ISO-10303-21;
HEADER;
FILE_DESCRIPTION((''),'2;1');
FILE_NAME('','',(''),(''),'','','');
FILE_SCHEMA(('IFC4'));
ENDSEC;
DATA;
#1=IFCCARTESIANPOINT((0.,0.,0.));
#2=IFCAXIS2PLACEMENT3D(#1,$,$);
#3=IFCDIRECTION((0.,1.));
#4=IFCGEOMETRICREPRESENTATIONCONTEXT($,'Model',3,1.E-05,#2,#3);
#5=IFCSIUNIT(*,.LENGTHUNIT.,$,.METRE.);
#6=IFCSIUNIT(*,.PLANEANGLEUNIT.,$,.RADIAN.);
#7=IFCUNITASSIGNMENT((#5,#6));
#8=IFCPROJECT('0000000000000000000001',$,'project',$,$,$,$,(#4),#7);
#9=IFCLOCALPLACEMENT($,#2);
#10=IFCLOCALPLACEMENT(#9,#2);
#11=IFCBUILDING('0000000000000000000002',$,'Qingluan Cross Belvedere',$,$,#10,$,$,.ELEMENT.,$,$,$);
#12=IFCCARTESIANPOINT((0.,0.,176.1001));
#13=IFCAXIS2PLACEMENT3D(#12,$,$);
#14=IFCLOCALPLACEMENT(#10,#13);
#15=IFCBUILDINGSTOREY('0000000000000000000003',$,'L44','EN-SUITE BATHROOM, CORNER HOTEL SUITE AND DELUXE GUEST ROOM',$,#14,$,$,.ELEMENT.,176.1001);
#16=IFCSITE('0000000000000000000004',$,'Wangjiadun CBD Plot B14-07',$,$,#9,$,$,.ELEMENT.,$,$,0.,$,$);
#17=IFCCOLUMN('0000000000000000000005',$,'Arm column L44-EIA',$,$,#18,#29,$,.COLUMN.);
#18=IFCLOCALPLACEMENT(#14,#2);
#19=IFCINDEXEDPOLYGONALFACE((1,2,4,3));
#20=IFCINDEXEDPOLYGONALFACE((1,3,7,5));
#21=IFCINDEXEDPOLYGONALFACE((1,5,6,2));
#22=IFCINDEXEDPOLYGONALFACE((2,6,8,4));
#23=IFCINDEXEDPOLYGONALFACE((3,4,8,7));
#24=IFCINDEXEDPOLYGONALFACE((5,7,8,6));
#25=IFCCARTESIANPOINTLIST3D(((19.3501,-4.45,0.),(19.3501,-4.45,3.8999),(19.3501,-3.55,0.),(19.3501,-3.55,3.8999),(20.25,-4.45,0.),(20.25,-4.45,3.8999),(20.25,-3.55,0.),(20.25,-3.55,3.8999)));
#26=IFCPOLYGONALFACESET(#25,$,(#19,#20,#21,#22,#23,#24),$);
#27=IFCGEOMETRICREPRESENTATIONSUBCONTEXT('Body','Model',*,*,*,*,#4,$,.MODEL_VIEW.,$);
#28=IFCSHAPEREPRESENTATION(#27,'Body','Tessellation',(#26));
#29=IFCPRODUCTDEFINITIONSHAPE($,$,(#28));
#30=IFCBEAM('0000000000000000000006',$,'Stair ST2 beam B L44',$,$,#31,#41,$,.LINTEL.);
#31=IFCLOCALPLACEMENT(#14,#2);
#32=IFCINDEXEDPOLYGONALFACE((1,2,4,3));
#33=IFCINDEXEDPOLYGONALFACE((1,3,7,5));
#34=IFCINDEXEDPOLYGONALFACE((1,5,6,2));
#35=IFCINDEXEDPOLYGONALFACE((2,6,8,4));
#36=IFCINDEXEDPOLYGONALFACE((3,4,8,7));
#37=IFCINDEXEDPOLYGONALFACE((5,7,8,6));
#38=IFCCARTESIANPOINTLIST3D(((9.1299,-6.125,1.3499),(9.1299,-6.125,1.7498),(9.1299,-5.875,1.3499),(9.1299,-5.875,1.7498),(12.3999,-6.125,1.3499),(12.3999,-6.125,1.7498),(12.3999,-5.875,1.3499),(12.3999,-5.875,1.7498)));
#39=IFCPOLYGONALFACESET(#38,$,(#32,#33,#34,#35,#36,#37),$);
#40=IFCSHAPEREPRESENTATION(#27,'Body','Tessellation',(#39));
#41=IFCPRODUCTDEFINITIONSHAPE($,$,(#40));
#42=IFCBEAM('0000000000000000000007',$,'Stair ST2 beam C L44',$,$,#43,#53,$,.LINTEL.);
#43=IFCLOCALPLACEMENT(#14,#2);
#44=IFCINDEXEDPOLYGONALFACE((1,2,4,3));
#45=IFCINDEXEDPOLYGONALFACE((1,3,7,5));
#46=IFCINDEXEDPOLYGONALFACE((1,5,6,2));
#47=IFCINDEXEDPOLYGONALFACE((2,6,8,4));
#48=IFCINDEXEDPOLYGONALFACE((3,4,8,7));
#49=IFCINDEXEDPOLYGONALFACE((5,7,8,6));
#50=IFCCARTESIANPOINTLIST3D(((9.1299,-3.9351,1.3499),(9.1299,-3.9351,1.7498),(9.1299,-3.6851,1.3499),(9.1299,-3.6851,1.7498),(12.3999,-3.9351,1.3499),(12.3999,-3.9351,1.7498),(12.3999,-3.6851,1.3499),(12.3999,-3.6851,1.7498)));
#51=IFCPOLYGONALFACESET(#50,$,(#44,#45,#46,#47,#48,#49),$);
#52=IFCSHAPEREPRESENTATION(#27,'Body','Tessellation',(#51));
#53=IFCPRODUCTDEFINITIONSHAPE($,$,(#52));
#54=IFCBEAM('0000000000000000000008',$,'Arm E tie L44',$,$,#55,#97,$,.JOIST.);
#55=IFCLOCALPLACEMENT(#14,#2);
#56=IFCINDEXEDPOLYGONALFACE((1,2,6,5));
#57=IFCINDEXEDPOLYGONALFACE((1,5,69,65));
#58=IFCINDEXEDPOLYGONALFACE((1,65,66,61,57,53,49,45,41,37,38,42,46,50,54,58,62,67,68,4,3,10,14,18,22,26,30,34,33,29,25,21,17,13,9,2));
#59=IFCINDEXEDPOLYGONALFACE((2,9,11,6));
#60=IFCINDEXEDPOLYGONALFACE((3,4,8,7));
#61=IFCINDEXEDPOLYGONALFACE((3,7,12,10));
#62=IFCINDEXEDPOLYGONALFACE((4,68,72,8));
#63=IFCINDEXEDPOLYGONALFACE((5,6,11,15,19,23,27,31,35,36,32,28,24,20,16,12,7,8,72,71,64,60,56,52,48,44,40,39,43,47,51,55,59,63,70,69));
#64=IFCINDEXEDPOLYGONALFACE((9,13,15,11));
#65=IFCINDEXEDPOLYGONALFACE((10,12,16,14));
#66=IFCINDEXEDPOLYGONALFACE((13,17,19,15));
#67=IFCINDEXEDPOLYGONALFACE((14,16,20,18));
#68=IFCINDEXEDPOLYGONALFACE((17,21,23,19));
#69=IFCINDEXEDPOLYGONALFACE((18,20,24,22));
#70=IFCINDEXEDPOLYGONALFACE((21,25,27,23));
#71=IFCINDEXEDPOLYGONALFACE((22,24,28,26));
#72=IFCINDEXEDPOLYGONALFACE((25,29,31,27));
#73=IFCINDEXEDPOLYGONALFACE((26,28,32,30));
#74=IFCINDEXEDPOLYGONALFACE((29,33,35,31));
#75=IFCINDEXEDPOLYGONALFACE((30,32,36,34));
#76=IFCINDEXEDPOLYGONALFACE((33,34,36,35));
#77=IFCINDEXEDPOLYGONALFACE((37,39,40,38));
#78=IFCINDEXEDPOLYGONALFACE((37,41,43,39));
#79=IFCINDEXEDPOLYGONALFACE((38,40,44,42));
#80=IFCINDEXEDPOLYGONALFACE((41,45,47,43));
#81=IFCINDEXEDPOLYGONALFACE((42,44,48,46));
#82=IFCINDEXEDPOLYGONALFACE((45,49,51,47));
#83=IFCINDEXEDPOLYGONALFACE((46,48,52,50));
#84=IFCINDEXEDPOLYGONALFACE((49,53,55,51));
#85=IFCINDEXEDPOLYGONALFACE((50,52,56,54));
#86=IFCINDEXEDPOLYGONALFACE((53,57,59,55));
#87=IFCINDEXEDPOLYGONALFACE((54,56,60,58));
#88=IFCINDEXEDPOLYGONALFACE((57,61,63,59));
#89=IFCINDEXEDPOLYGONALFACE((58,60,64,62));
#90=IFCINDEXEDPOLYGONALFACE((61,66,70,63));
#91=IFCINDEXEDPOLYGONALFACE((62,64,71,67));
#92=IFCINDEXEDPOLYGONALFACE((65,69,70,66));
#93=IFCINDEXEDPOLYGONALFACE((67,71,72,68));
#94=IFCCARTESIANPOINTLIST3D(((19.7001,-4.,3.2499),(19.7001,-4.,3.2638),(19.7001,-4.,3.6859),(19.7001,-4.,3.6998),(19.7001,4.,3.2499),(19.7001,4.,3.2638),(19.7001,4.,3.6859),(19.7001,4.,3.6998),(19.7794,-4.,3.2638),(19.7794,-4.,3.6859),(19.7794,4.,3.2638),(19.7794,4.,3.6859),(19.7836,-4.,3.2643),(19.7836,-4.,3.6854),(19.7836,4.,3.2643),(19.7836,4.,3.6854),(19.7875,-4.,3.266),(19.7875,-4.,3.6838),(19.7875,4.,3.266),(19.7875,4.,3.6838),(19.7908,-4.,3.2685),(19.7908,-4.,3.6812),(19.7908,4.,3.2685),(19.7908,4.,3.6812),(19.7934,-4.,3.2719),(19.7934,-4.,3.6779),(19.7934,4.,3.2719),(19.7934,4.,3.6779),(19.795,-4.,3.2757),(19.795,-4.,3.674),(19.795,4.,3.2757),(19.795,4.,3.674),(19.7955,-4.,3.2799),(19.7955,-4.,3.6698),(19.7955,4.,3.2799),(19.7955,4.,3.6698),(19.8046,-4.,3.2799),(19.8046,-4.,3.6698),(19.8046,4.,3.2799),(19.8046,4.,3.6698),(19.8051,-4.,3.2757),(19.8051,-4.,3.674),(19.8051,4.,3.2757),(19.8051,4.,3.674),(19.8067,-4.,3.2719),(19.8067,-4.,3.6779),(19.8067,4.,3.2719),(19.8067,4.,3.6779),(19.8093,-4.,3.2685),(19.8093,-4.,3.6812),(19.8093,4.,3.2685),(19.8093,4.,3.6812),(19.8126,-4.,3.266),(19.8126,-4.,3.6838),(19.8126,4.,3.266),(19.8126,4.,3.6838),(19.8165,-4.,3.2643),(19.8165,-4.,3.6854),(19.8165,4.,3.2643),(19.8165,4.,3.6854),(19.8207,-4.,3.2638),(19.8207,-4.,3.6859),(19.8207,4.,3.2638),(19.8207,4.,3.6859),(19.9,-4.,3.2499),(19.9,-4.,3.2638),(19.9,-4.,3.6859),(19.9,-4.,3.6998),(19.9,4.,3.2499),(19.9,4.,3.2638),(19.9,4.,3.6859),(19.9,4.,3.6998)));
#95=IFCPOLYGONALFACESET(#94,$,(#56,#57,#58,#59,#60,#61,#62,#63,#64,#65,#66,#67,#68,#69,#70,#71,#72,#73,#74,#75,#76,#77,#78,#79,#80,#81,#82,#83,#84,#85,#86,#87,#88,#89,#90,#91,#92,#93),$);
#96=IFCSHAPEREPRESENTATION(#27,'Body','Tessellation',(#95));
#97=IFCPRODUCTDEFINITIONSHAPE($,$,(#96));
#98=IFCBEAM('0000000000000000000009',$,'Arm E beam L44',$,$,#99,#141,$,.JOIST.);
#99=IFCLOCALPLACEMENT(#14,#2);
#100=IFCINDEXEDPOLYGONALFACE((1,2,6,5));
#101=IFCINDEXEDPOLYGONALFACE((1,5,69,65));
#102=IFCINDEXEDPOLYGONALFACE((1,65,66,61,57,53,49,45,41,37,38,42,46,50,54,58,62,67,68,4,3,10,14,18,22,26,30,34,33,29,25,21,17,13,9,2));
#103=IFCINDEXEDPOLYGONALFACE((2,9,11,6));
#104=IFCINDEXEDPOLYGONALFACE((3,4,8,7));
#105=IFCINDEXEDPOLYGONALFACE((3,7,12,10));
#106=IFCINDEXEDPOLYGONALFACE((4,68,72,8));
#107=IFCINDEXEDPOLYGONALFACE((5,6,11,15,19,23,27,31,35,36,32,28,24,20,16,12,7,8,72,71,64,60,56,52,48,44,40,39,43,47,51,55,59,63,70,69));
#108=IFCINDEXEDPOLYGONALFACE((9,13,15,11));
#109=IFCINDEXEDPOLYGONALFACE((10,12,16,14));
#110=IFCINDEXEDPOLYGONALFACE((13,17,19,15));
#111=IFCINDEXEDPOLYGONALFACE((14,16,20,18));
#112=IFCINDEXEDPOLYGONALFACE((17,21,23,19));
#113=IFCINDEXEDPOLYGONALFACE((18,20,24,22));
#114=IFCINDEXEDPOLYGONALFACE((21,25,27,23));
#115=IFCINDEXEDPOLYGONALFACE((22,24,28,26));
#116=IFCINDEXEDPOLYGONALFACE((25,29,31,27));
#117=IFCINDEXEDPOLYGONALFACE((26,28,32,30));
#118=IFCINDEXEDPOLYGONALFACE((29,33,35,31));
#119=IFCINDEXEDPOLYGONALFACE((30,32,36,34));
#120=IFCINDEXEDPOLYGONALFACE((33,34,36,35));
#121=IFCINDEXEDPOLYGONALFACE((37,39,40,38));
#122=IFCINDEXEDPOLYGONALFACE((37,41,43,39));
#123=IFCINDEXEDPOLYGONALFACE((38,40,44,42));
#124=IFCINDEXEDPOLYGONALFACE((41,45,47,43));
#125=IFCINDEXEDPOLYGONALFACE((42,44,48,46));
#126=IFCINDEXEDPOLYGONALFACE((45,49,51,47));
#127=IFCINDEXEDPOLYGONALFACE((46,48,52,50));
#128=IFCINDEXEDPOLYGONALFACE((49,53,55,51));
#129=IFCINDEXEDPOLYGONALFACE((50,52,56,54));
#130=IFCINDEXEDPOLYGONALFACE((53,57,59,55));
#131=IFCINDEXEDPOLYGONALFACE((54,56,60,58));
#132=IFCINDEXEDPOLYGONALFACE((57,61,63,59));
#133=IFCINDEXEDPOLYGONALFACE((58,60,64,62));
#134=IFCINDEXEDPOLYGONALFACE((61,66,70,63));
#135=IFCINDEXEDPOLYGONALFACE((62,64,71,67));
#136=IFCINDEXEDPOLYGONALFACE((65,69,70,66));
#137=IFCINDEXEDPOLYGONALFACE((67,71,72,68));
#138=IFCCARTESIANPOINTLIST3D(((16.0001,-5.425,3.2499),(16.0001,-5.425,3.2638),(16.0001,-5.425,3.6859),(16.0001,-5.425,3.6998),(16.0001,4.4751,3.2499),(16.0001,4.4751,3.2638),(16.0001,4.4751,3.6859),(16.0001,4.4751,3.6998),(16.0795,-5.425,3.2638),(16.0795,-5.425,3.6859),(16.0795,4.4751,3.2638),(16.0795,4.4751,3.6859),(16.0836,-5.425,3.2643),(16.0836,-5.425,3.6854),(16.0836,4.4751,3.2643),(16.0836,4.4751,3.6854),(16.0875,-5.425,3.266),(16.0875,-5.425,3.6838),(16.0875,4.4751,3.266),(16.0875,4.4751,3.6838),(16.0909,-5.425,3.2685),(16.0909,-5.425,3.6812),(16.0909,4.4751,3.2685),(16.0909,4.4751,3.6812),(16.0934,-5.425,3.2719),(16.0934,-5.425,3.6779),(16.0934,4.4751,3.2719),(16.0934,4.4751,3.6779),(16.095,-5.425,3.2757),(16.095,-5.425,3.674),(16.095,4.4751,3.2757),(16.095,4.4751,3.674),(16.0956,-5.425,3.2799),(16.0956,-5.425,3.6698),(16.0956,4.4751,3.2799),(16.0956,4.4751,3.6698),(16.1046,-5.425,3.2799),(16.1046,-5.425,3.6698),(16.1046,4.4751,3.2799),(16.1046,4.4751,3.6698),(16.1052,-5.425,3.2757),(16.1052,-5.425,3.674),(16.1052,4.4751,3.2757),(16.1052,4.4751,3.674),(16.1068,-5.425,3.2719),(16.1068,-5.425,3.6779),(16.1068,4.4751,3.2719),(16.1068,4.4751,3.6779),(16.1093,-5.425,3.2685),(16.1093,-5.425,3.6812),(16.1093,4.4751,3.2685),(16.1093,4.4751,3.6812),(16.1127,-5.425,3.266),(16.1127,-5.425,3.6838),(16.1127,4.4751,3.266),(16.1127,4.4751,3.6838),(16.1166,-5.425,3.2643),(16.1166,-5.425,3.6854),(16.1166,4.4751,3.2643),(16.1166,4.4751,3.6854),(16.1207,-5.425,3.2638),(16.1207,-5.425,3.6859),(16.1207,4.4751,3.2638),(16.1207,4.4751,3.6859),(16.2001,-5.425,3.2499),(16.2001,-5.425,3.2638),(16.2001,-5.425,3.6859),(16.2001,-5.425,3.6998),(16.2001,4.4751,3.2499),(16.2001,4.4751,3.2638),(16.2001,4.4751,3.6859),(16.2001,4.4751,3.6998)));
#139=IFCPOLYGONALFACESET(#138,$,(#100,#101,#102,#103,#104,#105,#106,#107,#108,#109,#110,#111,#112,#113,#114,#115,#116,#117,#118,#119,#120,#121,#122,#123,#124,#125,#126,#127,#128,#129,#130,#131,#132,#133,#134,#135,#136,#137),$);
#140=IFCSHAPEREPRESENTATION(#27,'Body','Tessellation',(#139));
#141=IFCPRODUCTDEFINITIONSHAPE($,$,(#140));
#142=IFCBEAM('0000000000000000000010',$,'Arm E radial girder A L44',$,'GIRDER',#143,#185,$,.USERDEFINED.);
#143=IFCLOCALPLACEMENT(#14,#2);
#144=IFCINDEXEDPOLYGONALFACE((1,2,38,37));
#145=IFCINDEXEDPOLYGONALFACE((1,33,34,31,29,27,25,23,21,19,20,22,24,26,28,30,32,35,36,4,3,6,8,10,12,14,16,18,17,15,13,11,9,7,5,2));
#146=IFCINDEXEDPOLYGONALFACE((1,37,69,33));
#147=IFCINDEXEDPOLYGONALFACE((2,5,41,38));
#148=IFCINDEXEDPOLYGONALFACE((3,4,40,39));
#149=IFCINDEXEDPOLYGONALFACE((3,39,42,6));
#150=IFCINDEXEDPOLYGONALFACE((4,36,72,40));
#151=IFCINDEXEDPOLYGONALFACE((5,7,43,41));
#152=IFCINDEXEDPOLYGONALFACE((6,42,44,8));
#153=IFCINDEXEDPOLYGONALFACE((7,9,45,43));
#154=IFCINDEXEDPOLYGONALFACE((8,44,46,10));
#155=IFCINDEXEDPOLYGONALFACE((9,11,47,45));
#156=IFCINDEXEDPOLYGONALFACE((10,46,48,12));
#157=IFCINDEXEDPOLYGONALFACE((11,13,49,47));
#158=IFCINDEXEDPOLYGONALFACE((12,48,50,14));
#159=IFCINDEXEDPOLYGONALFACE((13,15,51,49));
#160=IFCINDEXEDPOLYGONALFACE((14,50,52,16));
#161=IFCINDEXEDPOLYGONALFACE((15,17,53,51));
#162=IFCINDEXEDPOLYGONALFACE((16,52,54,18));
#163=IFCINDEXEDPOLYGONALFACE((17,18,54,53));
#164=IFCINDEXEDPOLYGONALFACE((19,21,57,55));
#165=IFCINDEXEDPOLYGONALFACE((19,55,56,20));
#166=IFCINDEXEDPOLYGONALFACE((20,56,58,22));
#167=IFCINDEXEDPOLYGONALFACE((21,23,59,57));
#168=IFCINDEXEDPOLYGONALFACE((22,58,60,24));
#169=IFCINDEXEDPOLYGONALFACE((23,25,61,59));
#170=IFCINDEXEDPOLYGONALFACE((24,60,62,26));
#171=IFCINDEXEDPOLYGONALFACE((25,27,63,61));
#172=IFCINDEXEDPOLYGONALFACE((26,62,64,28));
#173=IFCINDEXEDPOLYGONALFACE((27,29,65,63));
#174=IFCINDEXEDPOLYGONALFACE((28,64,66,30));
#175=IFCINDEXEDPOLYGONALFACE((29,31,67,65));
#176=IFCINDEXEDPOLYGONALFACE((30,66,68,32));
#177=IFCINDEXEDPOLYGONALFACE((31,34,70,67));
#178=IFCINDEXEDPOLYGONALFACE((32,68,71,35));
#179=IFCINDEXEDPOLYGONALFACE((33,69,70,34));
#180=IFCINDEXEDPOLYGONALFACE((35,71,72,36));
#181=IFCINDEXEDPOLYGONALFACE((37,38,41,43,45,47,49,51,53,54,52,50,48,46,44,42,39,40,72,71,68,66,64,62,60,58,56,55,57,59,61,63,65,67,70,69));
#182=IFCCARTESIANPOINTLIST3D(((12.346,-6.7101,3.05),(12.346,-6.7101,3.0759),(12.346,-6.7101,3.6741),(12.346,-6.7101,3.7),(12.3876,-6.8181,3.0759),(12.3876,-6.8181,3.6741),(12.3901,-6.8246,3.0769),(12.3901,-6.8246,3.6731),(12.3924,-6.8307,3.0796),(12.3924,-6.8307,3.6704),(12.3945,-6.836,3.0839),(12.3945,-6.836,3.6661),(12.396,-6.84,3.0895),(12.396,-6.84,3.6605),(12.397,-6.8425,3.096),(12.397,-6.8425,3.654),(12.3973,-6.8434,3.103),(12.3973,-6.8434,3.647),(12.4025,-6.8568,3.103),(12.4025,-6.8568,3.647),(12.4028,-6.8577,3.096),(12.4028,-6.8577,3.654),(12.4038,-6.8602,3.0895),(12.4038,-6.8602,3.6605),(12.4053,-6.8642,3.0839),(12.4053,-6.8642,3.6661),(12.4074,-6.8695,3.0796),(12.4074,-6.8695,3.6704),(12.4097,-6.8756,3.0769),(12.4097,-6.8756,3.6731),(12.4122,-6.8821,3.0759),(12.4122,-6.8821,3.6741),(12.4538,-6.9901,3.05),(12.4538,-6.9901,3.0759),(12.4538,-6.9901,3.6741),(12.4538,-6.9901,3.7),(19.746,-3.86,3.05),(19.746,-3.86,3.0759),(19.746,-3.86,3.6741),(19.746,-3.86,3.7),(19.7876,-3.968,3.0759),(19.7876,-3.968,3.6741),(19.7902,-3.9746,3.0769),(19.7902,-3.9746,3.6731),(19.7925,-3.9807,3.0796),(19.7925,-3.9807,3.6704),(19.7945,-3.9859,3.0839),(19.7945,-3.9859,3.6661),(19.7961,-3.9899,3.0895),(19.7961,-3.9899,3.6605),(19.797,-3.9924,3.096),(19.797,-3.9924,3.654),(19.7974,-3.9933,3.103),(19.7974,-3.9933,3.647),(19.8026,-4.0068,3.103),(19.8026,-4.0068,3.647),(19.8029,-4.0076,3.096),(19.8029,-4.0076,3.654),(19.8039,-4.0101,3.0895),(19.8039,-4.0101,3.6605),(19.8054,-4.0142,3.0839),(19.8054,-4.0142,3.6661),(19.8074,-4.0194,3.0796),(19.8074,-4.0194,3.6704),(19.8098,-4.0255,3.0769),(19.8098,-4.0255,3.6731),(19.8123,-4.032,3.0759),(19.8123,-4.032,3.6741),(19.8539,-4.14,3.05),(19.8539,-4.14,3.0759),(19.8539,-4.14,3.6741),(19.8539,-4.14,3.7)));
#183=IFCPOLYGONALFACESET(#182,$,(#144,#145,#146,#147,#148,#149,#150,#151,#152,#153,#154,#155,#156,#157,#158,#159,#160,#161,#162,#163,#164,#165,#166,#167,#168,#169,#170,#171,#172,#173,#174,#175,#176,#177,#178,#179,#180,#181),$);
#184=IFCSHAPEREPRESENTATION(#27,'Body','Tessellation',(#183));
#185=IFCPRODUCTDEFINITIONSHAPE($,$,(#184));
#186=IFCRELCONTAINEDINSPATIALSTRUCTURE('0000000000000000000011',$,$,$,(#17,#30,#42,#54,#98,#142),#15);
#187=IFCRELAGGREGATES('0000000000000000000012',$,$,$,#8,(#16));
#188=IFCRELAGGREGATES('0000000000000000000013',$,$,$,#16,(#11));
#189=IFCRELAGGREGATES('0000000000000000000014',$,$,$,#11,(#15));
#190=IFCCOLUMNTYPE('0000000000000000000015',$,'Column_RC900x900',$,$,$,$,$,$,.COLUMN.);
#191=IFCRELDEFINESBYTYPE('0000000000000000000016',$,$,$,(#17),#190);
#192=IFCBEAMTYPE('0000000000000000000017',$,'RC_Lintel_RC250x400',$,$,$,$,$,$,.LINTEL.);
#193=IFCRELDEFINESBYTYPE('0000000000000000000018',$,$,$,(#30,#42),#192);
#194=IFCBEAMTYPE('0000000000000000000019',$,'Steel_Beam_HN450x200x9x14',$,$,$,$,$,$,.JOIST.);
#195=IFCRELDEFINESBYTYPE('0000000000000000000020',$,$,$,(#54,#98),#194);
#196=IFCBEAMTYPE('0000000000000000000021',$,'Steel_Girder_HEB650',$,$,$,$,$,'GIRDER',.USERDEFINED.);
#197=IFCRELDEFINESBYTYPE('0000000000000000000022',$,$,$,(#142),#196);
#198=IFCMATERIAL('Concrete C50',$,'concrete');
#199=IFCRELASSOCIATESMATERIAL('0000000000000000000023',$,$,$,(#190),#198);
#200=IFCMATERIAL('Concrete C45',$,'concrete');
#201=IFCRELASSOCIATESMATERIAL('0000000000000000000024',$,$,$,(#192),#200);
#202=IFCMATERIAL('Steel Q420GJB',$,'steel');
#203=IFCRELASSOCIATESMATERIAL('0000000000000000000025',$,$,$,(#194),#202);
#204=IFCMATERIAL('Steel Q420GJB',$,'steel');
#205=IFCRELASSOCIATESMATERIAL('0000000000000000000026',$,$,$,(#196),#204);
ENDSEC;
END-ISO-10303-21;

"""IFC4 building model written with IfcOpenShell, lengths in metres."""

from ifc_helpers import new_model, si_unit, direction, frame, origin, origin_2d, place, context, subcontext, project, spatial, rectangle, i_section, extrude, material, material_profile, profile_set, type_object, element, save


model = new_model("IFC4")

# Units and contexts
model_context = context("Model", 3, precision=1e-05, world=origin(), true_north=direction((0.0, 1.0)))
body_context = subcontext(model_context, "Body", "Model", "MODEL_VIEW")
ifc_project = project(units=[si_unit("LENGTHUNIT", "METRE"), si_unit("PLANEANGLEUNIT", "RADIAN")], contexts=[model_context])

# Site, building, storey
site_placement = place(None, origin())
site = spatial("IfcSite", under=ifc_project, at=site_placement, Name="Wangjiadun CBD Plot B14-07", CompositionType="ELEMENT", RefElevation=0.0)
building_placement = place(site_placement, origin())
building = spatial("IfcBuilding", under=site, at=building_placement, Name="Qingluan Cross Belvedere", CompositionType="ELEMENT")
storey_placement = place(building_placement, frame((0.0, 0.0, 176.1001)))
storey = spatial("IfcBuildingStorey", under=building, at=storey_placement, Name="L44", Description="EN-SUITE BATHROOM, CORNER HOTEL SUITE AND DELUXE GUEST ROOM", CompositionType="ELEMENT", Elevation=176.1001)

# Column
ifc_material_1 = material(Name="Concrete C50", Category="concrete")
ifc_material_profile_1 = material_profile(ifc_material_1, rectangle(XDim=0.8999, YDim=0.8999, at=origin_2d()), Name="RC900x900")
ifc_profile_set_1 = profile_set([ifc_material_profile_1], Name="Concrete C50")
column_type = type_object("IfcColumnType", Name="Column_RC900x900", PredefinedType="COLUMN", material=ifc_profile_set_1)
column_placement = place(storey_placement, frame((19.8, -4.0, 0.0), z_axis=(0.0, 0.0, 1.0), x_axis=(1.0, 0.0, 0.0)))
element("IfcColumn", 1, at=column_placement, inside=storey, type_object=column_type, Name="Arm column L44-EIA", PredefinedType="COLUMN", context=body_context, shape_type="SweptSolid", body=[
    extrude(rectangle(XDim=0.8999, YDim=0.8999, at=origin_2d()), origin(), (0.0, 0.0, 1.0), 3.8999),
])

# Beams
ifc_material_2 = material(Name="Concrete C45", Category="concrete")
ifc_material_profile_2 = material_profile(ifc_material_2, rectangle(XDim=0.25, YDim=0.3999, at=origin_2d()), Name="RC250x400")
ifc_profile_set_2 = profile_set([ifc_material_profile_2], Name="Concrete C45")
beam_type_1 = type_object("IfcBeamType", Name="RC_Lintel_RC250x400", PredefinedType="LINTEL", material=ifc_profile_set_2)
for number, where, z_axis, x_axis, name in (
    (2, (12.3999, -6.0, 1.5498), (-1.0, 0.0, 0.0), (0.0, -1.0, 0.0), "Stair ST2 beam B L44"),
    (3, (12.3999, -3.8101, 1.5498), (-1.0, 0.0, 0.0), (0.0, -1.0, 0.0), "Stair ST2 beam C L44"),
):
    element("IfcBeam", number, at=place(storey_placement, frame(where, z_axis=z_axis, x_axis=x_axis)), inside=storey, type_object=beam_type_1, Name=name, PredefinedType="LINTEL", context=body_context, shape_type="SweptSolid", body=[
        extrude(rectangle(XDim=0.25, YDim=0.3999, at=origin_2d()), origin(), (0.0, 0.0, 1.0), 3.27),
    ])
ifc_material_3 = material(Name="Steel Q420GJB", Category="steel")
ifc_material_profile_3 = material_profile(ifc_material_3, i_section(OverallWidth=0.2, OverallDepth=0.45, WebThickness=0.009, FlangeThickness=0.0139, FilletRadius=0.0161, at=origin_2d()), Name="HN450x200x9x14")
ifc_profile_set_3 = profile_set([ifc_material_profile_3], Name="Steel Q420GJB")
beam_type_2 = type_object("IfcBeamType", Name="Steel_Beam_HN450x200x9x14", PredefinedType="JOIST", material=ifc_profile_set_3)
beam_1_placement = place(storey_placement, frame((19.8, -4.0, 3.4749), z_axis=(0.0, 1.0, 0.0), x_axis=(-1.0, 0.0, 0.0)))
element("IfcBeam", 4, at=beam_1_placement, inside=storey, type_object=beam_type_2, Name="Arm E tie L44", PredefinedType="JOIST", context=body_context, shape_type="SweptSolid", body=[
    extrude(i_section(OverallWidth=0.2, OverallDepth=0.45, WebThickness=0.009, FlangeThickness=0.0139, FilletRadius=0.0161, at=origin_2d()), origin(), (0.0, 0.0, 1.0), 8.0),
])
beam_2_placement = place(storey_placement, frame((16.1001, -5.425, 3.4749), z_axis=(0.0, 1.0, 0.0), x_axis=(-1.0, 0.0, 0.0)))
element("IfcBeam", 5, at=beam_2_placement, inside=storey, type_object=beam_type_2, Name="Arm E beam L44", PredefinedType="JOIST", context=body_context, shape_type="SweptSolid", body=[
    extrude(i_section(OverallWidth=0.2, OverallDepth=0.45, WebThickness=0.009, FlangeThickness=0.0139, FilletRadius=0.0161, at=origin_2d()), origin(), (0.0, 0.0, 1.0), 9.9001),
])
ifc_material_4 = material(Name="Steel Q420GJB", Category="steel")
ifc_material_profile_4 = material_profile(ifc_material_4, i_section(OverallWidth=0.3, OverallDepth=0.6499, WebThickness=0.0144, FlangeThickness=0.0259, FilletRadius=0.0271, at=origin_2d()), Name="HEB650")
ifc_profile_set_4 = profile_set([ifc_material_profile_4], Name="Steel Q420GJB")
beam_type_3 = type_object("IfcBeamType", Name="Steel_Girder_HEB650", ElementType="GIRDER", PredefinedType="USERDEFINED", material=ifc_profile_set_4)
beam_3_placement = place(storey_placement, frame((12.3999, -6.8501, 3.375), z_axis=(0.933181, 0.359406, 0.0), x_axis=(-0.359406, 0.933181, 0.0)))
element("IfcBeam", 6, at=beam_3_placement, inside=storey, type_object=beam_type_3, Name="Arm E radial girder A L44", ObjectType="GIRDER", PredefinedType="USERDEFINED", context=body_context, shape_type="SweptSolid", body=[
    extrude(i_section(OverallWidth=0.3, OverallDepth=0.6499, WebThickness=0.0144, FlangeThickness=0.0259, FilletRadius=0.0271, at=origin_2d()), origin(), (0.0, 0.0, 1.0), 7.9299),
])

save(model, "model.ifc")
